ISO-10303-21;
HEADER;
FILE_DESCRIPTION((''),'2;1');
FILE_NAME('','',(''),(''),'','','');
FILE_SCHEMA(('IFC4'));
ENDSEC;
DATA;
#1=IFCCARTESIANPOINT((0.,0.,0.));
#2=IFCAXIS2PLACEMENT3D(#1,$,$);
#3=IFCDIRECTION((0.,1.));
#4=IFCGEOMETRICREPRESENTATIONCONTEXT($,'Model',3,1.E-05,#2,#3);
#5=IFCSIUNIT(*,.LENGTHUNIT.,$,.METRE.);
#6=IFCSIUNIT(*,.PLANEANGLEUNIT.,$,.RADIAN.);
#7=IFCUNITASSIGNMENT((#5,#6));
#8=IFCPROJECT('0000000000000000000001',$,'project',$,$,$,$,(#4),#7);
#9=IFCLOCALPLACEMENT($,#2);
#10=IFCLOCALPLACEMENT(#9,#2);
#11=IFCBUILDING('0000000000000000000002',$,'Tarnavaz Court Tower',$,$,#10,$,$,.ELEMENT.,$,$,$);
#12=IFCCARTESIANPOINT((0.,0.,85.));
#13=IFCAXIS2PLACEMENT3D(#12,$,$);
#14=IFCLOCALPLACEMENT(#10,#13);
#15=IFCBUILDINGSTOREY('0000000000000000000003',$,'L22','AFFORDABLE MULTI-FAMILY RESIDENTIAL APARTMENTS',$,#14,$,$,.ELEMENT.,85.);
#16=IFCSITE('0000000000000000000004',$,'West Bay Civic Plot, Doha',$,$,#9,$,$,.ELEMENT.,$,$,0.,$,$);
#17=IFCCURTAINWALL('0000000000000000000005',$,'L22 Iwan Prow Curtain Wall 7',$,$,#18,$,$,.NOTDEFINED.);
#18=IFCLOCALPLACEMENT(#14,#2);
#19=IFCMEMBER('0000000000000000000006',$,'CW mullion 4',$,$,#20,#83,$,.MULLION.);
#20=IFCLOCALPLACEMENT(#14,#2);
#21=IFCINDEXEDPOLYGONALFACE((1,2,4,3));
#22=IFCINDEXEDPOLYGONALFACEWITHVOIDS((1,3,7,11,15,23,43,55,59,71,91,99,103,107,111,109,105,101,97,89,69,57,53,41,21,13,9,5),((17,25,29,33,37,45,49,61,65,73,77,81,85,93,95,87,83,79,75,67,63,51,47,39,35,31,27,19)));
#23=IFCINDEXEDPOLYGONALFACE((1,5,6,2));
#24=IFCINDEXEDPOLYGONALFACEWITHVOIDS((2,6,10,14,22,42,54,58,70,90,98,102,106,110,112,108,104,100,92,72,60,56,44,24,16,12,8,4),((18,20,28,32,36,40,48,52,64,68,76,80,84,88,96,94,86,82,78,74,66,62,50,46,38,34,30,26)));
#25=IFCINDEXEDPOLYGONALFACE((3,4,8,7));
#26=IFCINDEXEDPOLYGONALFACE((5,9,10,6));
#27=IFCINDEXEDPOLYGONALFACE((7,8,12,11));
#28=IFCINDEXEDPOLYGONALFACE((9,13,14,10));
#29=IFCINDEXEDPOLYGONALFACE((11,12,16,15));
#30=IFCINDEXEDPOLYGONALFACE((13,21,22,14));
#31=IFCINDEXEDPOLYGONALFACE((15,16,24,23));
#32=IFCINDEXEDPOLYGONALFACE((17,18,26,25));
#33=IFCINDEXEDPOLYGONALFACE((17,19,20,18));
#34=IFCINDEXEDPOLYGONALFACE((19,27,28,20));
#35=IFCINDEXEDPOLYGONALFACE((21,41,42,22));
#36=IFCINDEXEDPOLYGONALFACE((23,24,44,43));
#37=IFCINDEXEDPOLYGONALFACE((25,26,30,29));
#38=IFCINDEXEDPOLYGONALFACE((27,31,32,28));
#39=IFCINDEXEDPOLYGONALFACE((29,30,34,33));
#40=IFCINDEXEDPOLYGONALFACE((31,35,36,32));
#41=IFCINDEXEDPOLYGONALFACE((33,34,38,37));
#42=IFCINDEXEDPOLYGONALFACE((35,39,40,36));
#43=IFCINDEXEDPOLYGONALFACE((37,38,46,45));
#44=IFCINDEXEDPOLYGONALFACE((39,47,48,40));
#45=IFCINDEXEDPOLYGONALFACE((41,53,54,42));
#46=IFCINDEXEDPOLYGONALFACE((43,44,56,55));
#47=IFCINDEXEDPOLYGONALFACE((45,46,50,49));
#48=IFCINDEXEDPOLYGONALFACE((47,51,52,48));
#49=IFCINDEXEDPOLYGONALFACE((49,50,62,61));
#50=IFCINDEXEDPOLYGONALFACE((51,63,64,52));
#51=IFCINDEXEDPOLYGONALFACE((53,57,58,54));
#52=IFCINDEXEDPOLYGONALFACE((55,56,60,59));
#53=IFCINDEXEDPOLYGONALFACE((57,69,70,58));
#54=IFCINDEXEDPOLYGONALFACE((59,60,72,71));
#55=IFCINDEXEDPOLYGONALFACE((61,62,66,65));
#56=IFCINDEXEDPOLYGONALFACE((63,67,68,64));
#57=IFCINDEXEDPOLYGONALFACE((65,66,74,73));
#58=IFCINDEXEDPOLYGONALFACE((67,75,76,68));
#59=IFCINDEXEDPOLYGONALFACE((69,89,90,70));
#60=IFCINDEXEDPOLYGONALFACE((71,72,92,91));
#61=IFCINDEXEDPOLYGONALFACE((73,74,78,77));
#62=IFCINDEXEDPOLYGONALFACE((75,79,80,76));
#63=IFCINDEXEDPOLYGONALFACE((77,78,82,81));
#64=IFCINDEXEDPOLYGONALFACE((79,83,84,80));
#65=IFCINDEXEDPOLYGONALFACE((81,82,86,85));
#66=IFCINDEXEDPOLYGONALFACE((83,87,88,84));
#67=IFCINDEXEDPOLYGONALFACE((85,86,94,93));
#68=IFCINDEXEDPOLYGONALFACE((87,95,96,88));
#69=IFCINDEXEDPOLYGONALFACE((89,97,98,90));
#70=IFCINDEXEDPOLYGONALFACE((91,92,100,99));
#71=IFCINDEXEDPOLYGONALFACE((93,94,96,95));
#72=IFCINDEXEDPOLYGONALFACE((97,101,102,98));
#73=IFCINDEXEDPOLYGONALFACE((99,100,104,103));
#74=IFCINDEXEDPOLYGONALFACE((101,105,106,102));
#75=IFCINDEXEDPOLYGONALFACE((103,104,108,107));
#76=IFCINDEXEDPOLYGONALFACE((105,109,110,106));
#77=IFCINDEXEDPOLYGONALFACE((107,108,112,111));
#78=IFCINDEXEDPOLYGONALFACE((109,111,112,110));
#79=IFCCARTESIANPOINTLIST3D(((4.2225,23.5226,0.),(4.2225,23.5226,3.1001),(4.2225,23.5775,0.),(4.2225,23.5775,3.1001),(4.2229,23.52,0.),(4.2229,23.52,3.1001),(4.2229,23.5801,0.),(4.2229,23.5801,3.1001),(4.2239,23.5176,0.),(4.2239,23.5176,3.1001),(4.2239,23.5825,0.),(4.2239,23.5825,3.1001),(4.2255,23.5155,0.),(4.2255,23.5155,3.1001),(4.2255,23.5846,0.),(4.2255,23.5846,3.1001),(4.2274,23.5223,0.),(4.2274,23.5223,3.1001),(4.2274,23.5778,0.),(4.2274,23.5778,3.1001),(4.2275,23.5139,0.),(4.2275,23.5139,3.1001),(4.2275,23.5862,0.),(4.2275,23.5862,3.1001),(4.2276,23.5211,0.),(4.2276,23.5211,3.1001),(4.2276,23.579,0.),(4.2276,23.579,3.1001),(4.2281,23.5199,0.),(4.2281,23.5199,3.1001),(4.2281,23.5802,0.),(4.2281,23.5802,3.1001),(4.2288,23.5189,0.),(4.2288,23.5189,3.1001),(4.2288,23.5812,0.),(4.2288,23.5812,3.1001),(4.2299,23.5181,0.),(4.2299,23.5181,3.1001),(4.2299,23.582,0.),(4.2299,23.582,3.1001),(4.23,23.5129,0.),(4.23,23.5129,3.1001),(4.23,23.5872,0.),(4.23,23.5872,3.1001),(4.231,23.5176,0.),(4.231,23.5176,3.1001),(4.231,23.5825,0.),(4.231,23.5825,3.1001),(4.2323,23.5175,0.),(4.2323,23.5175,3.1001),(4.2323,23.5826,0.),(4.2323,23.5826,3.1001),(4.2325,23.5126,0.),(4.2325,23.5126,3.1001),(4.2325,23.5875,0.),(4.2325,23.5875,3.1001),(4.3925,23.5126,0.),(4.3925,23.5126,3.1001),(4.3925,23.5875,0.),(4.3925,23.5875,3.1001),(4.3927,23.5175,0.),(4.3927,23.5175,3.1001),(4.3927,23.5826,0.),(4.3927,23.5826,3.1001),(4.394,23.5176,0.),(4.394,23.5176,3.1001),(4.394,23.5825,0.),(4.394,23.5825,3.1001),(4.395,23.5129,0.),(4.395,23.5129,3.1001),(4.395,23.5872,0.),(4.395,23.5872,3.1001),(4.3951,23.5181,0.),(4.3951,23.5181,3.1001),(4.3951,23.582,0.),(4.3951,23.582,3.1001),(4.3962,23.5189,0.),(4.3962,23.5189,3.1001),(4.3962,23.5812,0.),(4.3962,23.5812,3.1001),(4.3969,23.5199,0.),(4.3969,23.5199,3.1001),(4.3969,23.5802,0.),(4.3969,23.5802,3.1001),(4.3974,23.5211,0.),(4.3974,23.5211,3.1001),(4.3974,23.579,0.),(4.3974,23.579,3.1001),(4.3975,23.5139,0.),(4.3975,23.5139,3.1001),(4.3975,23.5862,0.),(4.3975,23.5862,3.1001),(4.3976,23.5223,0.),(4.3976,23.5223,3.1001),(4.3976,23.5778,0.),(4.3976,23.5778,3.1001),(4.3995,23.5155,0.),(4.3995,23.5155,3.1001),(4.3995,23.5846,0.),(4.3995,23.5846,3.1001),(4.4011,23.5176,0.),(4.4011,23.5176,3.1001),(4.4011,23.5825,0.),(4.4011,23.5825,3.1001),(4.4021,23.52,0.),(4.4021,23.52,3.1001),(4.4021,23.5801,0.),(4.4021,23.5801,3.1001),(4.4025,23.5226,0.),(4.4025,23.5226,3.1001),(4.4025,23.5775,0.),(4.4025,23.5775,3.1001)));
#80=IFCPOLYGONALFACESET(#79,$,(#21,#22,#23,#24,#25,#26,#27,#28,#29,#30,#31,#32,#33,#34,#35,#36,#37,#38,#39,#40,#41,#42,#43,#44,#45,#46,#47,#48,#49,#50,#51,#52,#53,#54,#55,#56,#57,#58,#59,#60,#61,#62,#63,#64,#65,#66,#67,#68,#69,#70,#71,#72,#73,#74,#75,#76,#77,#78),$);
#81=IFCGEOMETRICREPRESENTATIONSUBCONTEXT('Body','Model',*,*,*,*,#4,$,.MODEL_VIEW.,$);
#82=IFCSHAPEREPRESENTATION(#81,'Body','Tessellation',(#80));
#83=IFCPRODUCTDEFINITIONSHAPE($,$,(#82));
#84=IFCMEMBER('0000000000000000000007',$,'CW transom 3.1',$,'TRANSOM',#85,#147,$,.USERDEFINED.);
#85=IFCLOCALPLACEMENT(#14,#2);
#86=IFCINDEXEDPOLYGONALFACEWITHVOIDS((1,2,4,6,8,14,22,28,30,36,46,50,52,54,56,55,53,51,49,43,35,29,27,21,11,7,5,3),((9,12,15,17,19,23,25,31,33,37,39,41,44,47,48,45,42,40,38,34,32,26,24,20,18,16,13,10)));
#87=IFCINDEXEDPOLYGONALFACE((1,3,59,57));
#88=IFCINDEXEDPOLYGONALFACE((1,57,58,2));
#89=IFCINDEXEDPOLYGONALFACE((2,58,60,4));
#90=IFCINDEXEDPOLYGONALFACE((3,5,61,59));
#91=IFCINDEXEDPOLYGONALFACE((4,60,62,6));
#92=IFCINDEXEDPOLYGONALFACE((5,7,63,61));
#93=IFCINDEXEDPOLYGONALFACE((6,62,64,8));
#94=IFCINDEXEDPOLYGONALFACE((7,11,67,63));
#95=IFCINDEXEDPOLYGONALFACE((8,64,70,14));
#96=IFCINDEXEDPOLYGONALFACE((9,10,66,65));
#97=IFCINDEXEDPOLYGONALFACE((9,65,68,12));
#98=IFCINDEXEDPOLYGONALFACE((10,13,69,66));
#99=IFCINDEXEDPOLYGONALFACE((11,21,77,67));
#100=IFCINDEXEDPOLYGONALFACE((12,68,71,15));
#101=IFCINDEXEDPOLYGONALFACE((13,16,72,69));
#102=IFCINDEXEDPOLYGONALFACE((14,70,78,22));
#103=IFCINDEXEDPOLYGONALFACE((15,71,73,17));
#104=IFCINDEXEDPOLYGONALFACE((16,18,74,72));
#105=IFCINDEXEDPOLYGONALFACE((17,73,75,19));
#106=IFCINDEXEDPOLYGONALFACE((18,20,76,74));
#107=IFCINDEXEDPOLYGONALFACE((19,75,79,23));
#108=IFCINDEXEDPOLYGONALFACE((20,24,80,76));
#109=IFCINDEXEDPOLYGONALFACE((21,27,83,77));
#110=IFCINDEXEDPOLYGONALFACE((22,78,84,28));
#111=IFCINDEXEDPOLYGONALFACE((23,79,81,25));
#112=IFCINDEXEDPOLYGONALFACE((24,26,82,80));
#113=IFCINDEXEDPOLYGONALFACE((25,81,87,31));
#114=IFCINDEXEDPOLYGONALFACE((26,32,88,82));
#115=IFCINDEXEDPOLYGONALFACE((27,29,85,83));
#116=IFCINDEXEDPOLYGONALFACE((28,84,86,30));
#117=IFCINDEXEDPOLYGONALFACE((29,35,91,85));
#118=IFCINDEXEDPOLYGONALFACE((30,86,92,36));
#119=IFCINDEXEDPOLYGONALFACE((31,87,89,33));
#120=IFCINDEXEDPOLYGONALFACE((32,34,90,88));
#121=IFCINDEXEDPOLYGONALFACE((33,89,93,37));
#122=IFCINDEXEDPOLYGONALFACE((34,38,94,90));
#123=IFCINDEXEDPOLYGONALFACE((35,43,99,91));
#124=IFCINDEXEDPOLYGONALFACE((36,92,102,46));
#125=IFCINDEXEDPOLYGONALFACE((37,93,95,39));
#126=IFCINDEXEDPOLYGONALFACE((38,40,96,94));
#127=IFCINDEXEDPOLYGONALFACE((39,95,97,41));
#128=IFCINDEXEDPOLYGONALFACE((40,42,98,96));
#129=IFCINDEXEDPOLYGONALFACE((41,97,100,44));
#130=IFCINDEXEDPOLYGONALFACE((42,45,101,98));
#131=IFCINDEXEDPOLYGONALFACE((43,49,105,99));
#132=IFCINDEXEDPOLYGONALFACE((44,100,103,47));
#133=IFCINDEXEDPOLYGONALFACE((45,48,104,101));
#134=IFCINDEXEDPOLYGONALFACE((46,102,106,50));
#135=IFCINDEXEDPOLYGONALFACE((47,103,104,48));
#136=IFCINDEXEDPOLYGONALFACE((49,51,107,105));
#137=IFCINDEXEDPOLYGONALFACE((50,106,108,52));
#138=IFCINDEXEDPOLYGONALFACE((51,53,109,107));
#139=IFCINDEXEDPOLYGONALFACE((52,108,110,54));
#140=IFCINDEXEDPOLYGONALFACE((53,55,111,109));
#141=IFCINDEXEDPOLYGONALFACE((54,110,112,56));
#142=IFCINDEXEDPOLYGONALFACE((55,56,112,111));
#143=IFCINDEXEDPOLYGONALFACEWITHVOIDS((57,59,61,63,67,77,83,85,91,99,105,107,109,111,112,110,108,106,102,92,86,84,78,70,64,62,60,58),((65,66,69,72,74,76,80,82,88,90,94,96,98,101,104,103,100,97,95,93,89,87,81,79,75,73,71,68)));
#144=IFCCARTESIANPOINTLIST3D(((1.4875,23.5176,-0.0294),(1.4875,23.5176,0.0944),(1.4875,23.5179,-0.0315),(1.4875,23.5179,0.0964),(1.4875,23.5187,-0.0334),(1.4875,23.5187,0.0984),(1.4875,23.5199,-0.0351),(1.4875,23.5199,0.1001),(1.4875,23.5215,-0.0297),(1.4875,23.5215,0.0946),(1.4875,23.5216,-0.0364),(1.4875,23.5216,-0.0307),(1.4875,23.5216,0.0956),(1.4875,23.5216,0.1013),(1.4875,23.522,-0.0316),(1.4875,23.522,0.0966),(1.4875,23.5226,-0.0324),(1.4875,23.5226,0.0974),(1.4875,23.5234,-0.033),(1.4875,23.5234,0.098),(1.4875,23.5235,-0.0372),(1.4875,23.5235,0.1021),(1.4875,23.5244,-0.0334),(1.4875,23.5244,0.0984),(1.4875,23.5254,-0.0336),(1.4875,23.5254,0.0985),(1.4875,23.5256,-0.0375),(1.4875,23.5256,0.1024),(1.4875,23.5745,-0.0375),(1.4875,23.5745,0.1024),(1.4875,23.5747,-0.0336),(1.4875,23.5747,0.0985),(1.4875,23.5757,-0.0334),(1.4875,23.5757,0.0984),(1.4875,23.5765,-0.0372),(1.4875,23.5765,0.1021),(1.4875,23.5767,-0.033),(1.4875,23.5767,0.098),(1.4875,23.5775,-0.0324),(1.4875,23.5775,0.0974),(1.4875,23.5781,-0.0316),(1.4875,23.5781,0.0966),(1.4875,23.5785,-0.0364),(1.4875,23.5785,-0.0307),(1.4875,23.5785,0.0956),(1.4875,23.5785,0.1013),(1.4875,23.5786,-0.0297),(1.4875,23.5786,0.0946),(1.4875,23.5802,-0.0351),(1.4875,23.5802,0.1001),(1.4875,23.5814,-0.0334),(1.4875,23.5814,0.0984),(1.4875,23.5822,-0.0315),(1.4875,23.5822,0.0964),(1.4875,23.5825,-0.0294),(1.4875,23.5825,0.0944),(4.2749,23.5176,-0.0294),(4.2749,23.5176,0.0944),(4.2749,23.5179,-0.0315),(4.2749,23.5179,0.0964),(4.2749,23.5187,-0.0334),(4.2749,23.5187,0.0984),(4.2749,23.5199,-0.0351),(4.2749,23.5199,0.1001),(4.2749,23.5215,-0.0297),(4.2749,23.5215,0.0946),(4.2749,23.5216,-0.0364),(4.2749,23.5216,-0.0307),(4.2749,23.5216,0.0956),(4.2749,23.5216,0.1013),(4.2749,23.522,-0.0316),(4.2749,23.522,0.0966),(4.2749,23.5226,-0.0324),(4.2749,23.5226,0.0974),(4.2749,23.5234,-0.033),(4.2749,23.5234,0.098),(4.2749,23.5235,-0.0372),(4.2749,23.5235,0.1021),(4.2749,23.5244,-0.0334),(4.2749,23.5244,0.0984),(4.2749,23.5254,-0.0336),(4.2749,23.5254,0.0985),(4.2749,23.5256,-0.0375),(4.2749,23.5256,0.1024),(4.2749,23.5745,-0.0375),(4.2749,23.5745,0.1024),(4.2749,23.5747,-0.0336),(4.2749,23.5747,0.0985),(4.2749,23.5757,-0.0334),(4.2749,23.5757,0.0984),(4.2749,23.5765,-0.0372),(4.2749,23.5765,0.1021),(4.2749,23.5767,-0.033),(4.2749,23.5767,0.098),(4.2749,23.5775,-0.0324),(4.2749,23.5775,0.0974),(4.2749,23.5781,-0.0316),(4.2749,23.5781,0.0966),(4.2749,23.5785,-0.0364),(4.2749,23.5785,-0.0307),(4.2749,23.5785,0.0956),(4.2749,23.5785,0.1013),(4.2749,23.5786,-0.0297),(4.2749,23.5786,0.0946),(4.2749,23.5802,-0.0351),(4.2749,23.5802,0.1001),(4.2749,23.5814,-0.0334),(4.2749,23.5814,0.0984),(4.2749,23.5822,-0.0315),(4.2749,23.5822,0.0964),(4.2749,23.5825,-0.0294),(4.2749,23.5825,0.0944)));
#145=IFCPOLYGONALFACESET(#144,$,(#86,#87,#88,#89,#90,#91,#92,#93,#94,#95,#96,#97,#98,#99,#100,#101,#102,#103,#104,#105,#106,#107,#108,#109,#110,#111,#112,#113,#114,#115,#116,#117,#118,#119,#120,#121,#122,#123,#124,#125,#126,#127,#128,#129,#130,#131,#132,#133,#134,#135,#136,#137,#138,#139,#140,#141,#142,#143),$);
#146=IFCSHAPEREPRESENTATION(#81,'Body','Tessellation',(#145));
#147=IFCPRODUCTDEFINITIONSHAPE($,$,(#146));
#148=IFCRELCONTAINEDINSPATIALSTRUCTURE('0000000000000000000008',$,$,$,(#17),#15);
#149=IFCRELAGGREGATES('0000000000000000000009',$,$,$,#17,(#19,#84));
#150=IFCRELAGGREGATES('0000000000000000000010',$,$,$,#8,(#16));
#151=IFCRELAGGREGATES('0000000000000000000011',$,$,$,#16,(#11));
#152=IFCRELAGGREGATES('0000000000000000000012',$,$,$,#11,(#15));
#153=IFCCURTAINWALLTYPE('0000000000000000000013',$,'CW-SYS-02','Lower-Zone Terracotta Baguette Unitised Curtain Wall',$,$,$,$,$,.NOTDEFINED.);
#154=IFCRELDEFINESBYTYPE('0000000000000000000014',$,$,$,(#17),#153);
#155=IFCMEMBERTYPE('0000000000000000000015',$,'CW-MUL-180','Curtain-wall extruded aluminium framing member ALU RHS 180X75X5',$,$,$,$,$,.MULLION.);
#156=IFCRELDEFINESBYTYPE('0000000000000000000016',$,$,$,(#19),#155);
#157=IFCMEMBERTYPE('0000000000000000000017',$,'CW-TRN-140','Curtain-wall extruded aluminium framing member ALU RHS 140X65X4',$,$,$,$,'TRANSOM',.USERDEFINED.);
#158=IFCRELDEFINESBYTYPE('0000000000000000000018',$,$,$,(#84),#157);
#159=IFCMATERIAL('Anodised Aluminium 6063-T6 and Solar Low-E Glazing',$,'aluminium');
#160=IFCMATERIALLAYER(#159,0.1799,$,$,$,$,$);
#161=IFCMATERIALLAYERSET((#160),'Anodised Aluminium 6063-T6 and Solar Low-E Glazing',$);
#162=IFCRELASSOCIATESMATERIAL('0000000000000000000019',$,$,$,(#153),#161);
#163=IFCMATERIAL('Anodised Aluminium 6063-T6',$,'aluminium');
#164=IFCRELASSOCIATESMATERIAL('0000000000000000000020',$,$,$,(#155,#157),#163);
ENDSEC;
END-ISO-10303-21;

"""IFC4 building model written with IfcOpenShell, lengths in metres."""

from ifc_helpers import new_model, si_unit, direction, frame, origin, origin_2d, place, context, subcontext, project, spatial, hollow_rectangle, extrude, material, layer, layer_set, material_profile, profile_set, type_object, element, aggregate, save


model = new_model("IFC4")

# Units and contexts
model_context = context("Model", 3, precision=1e-05, world=origin(), true_north=direction((0.0, 1.0)))
body_context = subcontext(model_context, "Body", "Model", "MODEL_VIEW")
ifc_project = project(units=[si_unit("LENGTHUNIT", "METRE"), si_unit("PLANEANGLEUNIT", "RADIAN")], contexts=[model_context])

# Site, building, storey
site_placement = place(None, origin())
site = spatial("IfcSite", under=ifc_project, at=site_placement, Name="West Bay Civic Plot, Doha", CompositionType="ELEMENT", RefElevation=0.0)
building_placement = place(site_placement, origin())
building = spatial("IfcBuilding", under=site, at=building_placement, Name="Tarnavaz Court Tower", CompositionType="ELEMENT")
storey_placement = place(building_placement, frame((0.0, 0.0, 85.0)))
storey = spatial("IfcBuildingStorey", under=building, at=storey_placement, Name="L22", Description="AFFORDABLE MULTI-FAMILY RESIDENTIAL APARTMENTS", CompositionType="ELEMENT", Elevation=85.0)

# Curtain wall, members
ifc_material_1 = material(Name="Anodised Aluminium 6063-T6 and Solar Low-E Glazing", Category="aluminium")
ifc_layer_1 = layer(ifc_material_1, 0.1799)
ifc_layer_set_1 = layer_set([ifc_layer_1], Name="Anodised Aluminium 6063-T6 and Solar Low-E Glazing")
curtain_wall_type = type_object("IfcCurtainWallType", Name="CW-SYS-02", Description="Lower-Zone Terracotta Baguette Unitised Curtain Wall", PredefinedType="NOTDEFINED", material=ifc_layer_set_1)
curtain_wall_placement = place(storey_placement, origin())
curtain_wall = element("IfcCurtainWall", 1, at=curtain_wall_placement, inside=storey, type_object=curtain_wall_type, Name="L22 Iwan Prow Curtain Wall 7", PredefinedType="NOTDEFINED")
ifc_material_2 = material(Name="Anodised Aluminium 6063-T6", Category="aluminium")
ifc_material_profile_1 = material_profile(ifc_material_2, hollow_rectangle(XDim=0.075, YDim=0.1799, WallThickness=0.0049, InnerFilletRadius=0.0049, OuterFilletRadius=0.01, at=origin_2d()), Name="ALU RHS 180X75X5")
ifc_profile_set_1 = profile_set([ifc_material_profile_1], Name="Anodised Aluminium 6063-T6")
member_type_1 = type_object("IfcMemberType", Name="CW-MUL-180", Description="Curtain-wall extruded aluminium framing member ALU RHS 180X75X5", PredefinedType="MULLION", material=ifc_profile_set_1)
member_1_placement = place(storey_placement, frame((4.3125, 23.55, 0.0), z_axis=(0.0, 0.0, 1.0), x_axis=(0.0, 1.0, 0.0)))
member_1 = element("IfcMember", 2, at=member_1_placement, type_object=member_type_1, Name="CW mullion 4", PredefinedType="MULLION", context=body_context, shape_type="SweptSolid", body=[
    extrude(hollow_rectangle(XDim=0.075, YDim=0.1799, WallThickness=0.0049, InnerFilletRadius=0.0049, OuterFilletRadius=0.01, at=origin_2d()), origin(), (0.0, 0.0, 1.0), 3.1001),
])
ifc_material_profile_2 = material_profile(ifc_material_2, hollow_rectangle(XDim=0.0649, YDim=0.1399, WallThickness=0.0039, InnerFilletRadius=0.0039, OuterFilletRadius=0.0081, at=origin_2d()), Name="ALU RHS 140X65X4")
ifc_profile_set_2 = profile_set([ifc_material_profile_2], Name="Anodised Aluminium 6063-T6")
member_type_2 = type_object("IfcMemberType", Name="CW-TRN-140", Description="Curtain-wall extruded aluminium framing member ALU RHS 140X65X4", ElementType="TRANSOM", PredefinedType="USERDEFINED", material=ifc_profile_set_2)
member_2_placement = place(storey_placement, frame((1.4875, 23.55, 0.0325), z_axis=(1.0, 0.0, 0.0), x_axis=(0.0, 1.0, 0.0)))
member_2 = element("IfcMember", 3, at=member_2_placement, type_object=member_type_2, Name="CW transom 3.1", ObjectType="TRANSOM", PredefinedType="USERDEFINED", context=body_context, shape_type="SweptSolid", body=[
    extrude(hollow_rectangle(XDim=0.0649, YDim=0.1399, WallThickness=0.0039, InnerFilletRadius=0.0039, OuterFilletRadius=0.0081, at=origin_2d()), origin(), (0.0, 0.0, 1.0), 2.7874),
])
aggregate(curtain_wall, [member_1, member_2])

save(model, "model.ifc")
